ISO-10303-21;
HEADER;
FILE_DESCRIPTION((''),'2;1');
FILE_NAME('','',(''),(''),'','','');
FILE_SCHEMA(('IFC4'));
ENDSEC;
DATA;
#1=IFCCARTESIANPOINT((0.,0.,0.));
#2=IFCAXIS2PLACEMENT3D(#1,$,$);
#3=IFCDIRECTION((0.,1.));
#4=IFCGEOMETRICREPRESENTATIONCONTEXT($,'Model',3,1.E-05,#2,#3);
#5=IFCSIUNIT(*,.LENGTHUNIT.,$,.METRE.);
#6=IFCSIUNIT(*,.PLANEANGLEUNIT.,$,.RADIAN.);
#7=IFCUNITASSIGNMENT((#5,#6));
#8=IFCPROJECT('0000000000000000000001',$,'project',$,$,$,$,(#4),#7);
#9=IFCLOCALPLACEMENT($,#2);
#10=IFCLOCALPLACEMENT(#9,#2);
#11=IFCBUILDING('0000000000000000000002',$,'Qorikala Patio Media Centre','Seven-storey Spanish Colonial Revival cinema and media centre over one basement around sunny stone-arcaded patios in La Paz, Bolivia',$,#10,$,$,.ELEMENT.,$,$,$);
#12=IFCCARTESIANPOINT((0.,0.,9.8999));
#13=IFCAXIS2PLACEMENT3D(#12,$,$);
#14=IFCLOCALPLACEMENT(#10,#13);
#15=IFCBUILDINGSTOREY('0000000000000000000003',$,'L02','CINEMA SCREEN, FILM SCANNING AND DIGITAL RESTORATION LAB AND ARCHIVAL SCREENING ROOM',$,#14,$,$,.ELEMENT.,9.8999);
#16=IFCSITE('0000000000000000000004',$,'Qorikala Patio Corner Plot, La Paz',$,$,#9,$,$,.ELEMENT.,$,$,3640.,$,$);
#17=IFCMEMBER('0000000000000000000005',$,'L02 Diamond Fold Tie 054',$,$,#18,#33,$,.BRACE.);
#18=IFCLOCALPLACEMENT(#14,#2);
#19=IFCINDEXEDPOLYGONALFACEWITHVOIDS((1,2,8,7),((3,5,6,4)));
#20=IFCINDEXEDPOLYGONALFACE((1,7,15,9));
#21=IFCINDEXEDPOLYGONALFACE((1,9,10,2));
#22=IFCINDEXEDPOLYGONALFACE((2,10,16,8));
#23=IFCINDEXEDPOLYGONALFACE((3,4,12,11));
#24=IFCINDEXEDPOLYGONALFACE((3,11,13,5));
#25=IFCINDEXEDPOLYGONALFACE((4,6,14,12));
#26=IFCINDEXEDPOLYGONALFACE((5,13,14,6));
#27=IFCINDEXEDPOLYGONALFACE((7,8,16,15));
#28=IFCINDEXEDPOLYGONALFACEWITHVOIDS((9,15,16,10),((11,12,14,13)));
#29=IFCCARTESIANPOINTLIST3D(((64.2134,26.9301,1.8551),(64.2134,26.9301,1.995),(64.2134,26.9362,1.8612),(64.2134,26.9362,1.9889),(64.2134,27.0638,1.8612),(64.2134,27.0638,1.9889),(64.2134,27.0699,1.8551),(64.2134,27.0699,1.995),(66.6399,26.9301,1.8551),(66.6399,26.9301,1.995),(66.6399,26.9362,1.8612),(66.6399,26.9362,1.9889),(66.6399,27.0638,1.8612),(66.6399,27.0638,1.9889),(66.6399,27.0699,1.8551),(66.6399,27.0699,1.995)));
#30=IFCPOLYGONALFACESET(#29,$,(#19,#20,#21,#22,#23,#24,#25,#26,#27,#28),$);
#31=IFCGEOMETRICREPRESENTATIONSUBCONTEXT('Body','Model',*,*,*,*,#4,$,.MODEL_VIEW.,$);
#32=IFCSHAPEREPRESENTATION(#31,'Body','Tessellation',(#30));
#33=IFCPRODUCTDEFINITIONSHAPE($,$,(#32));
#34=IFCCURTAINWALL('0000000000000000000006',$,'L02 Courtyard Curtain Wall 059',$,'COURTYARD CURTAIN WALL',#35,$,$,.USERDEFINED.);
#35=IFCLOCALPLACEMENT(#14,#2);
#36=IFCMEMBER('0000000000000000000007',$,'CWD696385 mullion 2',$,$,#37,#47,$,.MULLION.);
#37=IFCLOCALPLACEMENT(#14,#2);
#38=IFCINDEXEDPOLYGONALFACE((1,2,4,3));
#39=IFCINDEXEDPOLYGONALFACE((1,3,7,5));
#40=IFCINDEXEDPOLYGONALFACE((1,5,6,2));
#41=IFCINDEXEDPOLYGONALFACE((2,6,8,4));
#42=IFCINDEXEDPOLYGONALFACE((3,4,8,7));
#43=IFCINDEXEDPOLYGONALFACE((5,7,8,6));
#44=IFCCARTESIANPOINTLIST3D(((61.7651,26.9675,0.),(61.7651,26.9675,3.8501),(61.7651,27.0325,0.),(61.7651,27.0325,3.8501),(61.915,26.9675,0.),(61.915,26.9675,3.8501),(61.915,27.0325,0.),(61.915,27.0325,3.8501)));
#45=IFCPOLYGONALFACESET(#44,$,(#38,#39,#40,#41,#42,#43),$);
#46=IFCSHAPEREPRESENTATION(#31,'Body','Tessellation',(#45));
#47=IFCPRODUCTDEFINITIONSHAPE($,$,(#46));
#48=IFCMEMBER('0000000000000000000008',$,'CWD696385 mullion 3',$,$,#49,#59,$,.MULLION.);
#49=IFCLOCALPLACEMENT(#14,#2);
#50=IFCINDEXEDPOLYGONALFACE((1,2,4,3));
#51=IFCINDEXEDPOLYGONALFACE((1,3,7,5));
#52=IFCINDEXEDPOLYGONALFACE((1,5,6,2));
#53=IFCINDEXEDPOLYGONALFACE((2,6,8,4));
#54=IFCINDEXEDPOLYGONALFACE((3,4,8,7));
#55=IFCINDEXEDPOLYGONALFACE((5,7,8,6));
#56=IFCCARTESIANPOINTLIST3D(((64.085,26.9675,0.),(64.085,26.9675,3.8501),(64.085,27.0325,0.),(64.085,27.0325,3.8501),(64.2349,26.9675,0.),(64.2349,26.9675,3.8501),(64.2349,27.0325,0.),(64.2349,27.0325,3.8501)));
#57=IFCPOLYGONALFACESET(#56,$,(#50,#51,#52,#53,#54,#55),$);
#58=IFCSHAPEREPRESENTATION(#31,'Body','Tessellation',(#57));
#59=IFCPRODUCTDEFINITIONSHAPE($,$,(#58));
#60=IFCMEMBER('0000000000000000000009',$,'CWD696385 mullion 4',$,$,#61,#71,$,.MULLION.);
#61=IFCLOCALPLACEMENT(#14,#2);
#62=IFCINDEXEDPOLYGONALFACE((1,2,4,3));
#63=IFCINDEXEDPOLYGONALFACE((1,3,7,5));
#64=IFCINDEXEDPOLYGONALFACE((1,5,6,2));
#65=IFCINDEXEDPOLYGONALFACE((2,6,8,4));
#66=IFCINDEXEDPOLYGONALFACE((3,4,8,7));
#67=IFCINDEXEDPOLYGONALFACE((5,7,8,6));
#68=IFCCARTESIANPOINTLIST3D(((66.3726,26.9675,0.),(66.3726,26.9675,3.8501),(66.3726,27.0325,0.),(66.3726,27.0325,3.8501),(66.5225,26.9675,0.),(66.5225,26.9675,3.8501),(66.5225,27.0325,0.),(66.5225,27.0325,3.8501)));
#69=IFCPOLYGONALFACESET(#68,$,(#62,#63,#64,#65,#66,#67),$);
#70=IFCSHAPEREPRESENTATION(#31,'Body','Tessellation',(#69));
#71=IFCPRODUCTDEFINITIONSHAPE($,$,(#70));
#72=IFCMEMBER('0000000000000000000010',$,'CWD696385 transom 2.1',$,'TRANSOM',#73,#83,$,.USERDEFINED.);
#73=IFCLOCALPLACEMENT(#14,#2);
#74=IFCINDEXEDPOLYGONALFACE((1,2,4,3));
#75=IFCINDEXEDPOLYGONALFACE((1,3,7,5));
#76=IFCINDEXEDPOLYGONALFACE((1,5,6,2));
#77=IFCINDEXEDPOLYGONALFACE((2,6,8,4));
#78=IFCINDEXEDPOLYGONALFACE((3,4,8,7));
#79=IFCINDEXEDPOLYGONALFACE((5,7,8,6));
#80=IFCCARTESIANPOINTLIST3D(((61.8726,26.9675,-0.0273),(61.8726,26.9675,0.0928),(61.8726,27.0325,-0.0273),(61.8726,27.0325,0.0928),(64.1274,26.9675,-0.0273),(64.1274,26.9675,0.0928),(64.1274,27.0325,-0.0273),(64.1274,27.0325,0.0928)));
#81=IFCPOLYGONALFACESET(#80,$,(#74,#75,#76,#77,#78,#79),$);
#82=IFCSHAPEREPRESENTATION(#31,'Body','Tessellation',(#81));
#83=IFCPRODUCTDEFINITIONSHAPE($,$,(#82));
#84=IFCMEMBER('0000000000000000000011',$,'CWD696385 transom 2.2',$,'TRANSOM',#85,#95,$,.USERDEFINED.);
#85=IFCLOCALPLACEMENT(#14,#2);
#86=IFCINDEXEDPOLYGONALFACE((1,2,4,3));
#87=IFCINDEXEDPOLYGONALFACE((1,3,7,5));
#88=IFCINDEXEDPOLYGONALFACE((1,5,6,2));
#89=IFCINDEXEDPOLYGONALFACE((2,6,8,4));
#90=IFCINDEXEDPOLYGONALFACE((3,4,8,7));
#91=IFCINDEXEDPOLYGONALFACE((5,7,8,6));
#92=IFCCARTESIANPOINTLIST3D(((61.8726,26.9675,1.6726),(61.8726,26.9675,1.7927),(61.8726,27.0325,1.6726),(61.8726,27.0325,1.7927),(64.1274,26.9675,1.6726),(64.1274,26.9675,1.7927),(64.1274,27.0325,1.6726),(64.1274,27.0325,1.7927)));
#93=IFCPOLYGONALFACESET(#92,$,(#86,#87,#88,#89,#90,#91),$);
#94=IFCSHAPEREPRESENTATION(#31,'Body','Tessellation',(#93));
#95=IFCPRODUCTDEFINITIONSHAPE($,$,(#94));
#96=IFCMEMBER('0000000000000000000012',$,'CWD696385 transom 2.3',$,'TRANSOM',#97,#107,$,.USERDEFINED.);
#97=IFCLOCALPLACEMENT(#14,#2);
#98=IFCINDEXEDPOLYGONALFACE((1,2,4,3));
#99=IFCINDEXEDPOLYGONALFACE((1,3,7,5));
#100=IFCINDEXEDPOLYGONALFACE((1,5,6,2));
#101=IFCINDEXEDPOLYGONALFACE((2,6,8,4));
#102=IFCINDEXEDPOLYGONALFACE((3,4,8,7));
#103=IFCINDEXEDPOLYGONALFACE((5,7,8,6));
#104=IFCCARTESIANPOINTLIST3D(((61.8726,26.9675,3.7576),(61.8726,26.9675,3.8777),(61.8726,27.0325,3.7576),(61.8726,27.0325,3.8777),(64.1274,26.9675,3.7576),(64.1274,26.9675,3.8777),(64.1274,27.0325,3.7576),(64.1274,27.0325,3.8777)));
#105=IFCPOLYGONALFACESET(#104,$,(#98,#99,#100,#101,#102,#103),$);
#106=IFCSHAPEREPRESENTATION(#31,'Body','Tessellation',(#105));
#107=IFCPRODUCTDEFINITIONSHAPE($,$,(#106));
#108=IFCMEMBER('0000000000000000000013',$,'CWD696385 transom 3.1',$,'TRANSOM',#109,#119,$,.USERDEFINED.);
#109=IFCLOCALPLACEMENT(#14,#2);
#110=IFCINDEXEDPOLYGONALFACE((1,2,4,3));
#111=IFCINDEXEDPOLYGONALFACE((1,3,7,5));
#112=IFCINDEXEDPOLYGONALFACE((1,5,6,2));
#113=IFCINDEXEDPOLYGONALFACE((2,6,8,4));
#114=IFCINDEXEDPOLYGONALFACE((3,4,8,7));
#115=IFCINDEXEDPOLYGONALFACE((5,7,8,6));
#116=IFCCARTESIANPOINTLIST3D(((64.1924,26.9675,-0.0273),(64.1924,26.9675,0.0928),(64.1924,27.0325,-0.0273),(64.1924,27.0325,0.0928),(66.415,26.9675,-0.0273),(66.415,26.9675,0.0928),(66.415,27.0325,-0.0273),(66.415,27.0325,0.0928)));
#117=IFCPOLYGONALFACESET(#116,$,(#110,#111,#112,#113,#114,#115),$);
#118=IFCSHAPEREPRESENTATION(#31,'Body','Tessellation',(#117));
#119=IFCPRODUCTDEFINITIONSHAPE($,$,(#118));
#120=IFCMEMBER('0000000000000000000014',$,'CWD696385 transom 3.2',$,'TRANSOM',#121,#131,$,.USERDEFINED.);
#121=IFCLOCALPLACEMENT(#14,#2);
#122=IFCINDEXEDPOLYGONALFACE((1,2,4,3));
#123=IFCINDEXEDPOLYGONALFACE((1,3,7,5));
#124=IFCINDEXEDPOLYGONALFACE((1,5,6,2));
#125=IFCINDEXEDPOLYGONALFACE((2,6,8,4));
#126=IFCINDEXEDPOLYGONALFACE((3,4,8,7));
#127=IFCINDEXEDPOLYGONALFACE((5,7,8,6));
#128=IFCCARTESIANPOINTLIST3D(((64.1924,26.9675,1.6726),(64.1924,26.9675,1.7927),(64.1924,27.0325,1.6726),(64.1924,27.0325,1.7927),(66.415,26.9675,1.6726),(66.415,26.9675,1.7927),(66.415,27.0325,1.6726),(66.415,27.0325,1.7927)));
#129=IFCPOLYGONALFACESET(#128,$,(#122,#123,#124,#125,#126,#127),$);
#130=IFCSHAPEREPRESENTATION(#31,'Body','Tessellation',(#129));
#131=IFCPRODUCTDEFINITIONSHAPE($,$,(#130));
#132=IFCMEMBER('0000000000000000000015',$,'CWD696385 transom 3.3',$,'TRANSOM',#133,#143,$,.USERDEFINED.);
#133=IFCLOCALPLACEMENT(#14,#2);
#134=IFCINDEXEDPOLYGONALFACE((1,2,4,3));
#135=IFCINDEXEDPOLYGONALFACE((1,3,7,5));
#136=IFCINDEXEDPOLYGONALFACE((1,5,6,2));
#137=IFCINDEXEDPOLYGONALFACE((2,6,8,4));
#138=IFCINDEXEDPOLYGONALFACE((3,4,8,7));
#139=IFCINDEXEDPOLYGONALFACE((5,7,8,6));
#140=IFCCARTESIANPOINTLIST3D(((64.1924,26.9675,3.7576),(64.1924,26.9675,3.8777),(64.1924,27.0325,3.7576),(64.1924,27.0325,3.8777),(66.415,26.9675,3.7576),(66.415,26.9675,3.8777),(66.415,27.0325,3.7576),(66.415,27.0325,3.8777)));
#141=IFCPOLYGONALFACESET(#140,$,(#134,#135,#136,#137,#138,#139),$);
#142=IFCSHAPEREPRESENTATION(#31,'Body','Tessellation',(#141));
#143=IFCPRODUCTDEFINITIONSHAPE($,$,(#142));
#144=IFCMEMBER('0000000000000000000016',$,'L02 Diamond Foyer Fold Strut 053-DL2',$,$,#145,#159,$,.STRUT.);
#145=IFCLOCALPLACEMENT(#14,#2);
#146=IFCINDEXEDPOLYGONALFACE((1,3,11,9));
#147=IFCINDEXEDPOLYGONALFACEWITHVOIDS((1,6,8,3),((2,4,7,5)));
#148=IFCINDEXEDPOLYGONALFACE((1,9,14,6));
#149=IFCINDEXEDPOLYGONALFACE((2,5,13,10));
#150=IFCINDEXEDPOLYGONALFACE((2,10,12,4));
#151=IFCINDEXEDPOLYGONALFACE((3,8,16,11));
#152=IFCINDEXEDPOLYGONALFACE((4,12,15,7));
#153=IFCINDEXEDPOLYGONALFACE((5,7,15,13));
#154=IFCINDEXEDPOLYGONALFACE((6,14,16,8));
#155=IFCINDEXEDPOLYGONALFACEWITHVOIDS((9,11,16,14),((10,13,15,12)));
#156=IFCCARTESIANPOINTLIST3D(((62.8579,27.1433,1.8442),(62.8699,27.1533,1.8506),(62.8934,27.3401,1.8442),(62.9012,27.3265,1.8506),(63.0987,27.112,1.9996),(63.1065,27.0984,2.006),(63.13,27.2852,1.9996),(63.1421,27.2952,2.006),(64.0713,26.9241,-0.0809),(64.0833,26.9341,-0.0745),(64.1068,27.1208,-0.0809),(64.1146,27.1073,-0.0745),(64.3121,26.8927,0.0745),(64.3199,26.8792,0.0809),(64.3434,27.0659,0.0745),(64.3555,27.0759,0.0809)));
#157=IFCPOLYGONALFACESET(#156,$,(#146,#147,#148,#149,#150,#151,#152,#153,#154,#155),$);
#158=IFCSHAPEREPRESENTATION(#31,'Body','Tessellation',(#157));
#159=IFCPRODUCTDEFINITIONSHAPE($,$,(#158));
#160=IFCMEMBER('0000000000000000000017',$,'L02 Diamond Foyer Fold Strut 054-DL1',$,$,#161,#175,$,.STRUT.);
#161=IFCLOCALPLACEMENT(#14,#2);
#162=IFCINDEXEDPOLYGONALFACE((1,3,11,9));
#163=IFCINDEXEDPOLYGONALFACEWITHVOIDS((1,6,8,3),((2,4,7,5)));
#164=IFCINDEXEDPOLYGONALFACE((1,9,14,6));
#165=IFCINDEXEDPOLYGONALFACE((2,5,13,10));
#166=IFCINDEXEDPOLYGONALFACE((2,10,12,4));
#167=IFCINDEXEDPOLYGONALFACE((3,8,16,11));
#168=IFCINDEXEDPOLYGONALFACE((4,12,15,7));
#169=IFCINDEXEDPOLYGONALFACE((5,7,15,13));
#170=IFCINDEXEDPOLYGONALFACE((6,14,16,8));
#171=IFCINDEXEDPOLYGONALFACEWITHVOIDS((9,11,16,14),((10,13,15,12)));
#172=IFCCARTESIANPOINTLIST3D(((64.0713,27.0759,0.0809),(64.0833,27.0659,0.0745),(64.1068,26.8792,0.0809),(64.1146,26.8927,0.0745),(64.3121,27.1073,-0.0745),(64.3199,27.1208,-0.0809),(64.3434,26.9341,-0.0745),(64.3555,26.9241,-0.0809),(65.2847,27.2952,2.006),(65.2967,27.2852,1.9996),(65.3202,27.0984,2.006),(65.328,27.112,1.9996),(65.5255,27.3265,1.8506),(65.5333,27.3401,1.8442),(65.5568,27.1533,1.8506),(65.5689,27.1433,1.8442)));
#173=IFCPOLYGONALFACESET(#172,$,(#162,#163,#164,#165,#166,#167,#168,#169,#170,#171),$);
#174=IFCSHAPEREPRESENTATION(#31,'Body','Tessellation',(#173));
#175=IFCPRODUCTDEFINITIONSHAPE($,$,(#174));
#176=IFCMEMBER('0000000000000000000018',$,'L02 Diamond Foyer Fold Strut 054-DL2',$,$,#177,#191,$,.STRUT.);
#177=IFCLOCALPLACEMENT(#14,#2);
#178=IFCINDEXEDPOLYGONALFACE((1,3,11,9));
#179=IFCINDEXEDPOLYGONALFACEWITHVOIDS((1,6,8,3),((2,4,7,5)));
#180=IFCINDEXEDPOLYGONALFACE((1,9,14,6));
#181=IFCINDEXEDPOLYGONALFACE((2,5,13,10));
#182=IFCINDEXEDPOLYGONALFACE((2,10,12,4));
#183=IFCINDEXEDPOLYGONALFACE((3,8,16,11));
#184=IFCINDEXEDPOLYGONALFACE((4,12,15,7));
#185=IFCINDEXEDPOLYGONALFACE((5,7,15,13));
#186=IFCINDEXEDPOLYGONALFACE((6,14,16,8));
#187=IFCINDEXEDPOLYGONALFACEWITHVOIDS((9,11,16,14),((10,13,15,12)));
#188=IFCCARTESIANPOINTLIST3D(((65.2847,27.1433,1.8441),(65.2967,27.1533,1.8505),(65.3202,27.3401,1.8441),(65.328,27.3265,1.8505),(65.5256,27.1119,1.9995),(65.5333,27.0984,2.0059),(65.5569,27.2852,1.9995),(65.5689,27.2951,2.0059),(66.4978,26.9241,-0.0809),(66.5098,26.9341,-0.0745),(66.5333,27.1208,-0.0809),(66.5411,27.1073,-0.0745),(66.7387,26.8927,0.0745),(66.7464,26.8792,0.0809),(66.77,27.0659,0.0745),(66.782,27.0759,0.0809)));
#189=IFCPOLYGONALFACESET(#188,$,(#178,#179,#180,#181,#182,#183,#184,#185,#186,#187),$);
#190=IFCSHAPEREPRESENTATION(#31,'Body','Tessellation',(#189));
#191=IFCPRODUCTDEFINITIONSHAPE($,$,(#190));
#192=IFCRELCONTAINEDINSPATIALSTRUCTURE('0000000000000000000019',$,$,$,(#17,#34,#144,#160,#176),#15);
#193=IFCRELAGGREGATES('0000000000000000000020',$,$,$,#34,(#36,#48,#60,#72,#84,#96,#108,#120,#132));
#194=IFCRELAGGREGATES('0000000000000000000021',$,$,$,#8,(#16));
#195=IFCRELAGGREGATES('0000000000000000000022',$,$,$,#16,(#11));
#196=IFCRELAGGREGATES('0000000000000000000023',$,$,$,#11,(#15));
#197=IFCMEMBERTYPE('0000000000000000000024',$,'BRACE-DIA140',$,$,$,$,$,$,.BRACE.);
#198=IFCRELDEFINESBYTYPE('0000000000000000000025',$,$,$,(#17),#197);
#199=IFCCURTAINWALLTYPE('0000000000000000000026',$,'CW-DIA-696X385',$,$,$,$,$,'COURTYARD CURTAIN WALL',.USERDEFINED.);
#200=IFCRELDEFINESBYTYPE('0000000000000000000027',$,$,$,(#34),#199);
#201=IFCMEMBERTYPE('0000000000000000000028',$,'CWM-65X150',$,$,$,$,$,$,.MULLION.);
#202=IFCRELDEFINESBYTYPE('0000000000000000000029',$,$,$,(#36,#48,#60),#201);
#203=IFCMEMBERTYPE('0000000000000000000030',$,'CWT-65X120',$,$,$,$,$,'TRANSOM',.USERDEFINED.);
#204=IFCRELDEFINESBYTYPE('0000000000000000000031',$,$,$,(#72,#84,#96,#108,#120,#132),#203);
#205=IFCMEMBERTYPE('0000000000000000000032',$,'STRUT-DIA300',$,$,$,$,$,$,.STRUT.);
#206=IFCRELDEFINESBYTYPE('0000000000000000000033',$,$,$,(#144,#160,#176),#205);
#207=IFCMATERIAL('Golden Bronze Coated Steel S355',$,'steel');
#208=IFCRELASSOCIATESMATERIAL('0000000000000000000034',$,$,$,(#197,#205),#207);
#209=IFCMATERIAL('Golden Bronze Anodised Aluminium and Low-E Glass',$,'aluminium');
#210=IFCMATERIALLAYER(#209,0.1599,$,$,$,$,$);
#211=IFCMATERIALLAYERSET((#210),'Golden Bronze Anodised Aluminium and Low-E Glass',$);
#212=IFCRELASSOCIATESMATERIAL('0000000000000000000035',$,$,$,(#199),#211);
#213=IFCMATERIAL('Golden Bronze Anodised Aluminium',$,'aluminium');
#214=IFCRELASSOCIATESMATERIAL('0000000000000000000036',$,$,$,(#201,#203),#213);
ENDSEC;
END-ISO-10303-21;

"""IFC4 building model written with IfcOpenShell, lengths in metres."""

from ifc_helpers import new_model, si_unit, direction, frame, origin, origin_2d, place, context, subcontext, project, spatial, rectangle, hollow_rectangle, extrude, material, layer, layer_set, material_profile, profile_set, type_object, element, aggregate, save


model = new_model("IFC4")

# Units and contexts
model_context = context("Model", 3, precision=1e-05, world=origin(), true_north=direction((0.0, 1.0)))
body_context = subcontext(model_context, "Body", "Model", "MODEL_VIEW")
ifc_project = project(units=[si_unit("LENGTHUNIT", "METRE"), si_unit("PLANEANGLEUNIT", "RADIAN")], contexts=[model_context])

# Site, building, storey
site_placement = place(None, origin())
site = spatial("IfcSite", under=ifc_project, at=site_placement, Name="Qorikala Patio Corner Plot, La Paz", CompositionType="ELEMENT", RefElevation=3640.0)
building_placement = place(site_placement, origin())
building = spatial("IfcBuilding", under=site, at=building_placement, Name="Qorikala Patio Media Centre", Description="Seven-storey Spanish Colonial Revival cinema and media centre over one basement around sunny stone-arcaded patios in La Paz, Bolivia", CompositionType="ELEMENT")
storey_placement = place(building_placement, frame((0.0, 0.0, 9.8999)))
storey = spatial("IfcBuildingStorey", under=building, at=storey_placement, Name="L02", Description="CINEMA SCREEN, FILM SCANNING AND DIGITAL RESTORATION LAB AND ARCHIVAL SCREENING ROOM", CompositionType="ELEMENT", Elevation=9.8999)

# Member
ifc_material_1 = material(Name="Golden Bronze Coated Steel S355", Category="steel")
ifc_material_profile_1 = material_profile(ifc_material_1, hollow_rectangle(XDim=0.1399, YDim=0.1399, WallThickness=0.0061, at=origin_2d()), Name="HSS140X140X6")
ifc_profile_set_1 = profile_set([ifc_material_profile_1], Name="Golden Bronze Coated Steel S355")
member_type_1 = type_object("IfcMemberType", Name="BRACE-DIA140", PredefinedType="BRACE", material=ifc_profile_set_1)
member_1_placement = place(storey_placement, frame((64.2134, 27.0, 1.925), z_axis=(1.0, 0.0, 0.0), x_axis=(0.0, 1.0, 0.0)))
element("IfcMember", 1, at=member_1_placement, inside=storey, type_object=member_type_1, Name="L02 Diamond Fold Tie 054", PredefinedType="BRACE", context=body_context, shape_type="SweptSolid", body=[
    extrude(hollow_rectangle(XDim=0.1399, YDim=0.1399, WallThickness=0.0061, at=origin_2d()), origin(), (0.0, 0.0, 1.0), 2.4265),
])

# Curtain wall, members
ifc_material_2 = material(Name="Golden Bronze Anodised Aluminium and Low-E Glass", Category="aluminium")
ifc_layer_1 = layer(ifc_material_2, 0.1599)
ifc_layer_set_1 = layer_set([ifc_layer_1], Name="Golden Bronze Anodised Aluminium and Low-E Glass")
curtain_wall_type = type_object("IfcCurtainWallType", Name="CW-DIA-696X385", ElementType="COURTYARD CURTAIN WALL", PredefinedType="USERDEFINED", material=ifc_layer_set_1)
curtain_wall_placement = place(storey_placement, origin())
curtain_wall = element("IfcCurtainWall", 2, at=curtain_wall_placement, inside=storey, type_object=curtain_wall_type, Name="L02 Courtyard Curtain Wall 059", ObjectType="COURTYARD CURTAIN WALL", PredefinedType="USERDEFINED")
ifc_material_3 = material(Name="Golden Bronze Anodised Aluminium", Category="aluminium")
ifc_material_profile_2 = material_profile(ifc_material_3, rectangle(XDim=0.0649, YDim=0.1499, at=origin_2d()), Name="ALU MULLION 65x150")
ifc_profile_set_2 = profile_set([ifc_material_profile_2], Name="Golden Bronze Anodised Aluminium")
member_type_2 = type_object("IfcMemberType", Name="CWM-65X150", PredefinedType="MULLION", material=ifc_profile_set_2)
member_2_placement = place(storey_placement, frame((61.8401, 27.0, 0.0), z_axis=(0.0, 0.0, 1.0), x_axis=(0.0, 1.0, 0.0)))
member_2 = element("IfcMember", 3, at=member_2_placement, type_object=member_type_2, Name="CWD696385 mullion 2", PredefinedType="MULLION", context=body_context, shape_type="SweptSolid", body=[
    extrude(rectangle(XDim=0.0649, YDim=0.1499, at=origin_2d()), origin(), (0.0, 0.0, 1.0), 3.8501),
])
member_3_placement = place(storey_placement, frame((64.1599, 27.0, 0.0), z_axis=(0.0, 0.0, 1.0), x_axis=(0.0, 1.0, 0.0)))
member_3 = element("IfcMember", 4, at=member_3_placement, type_object=member_type_2, Name="CWD696385 mullion 3", PredefinedType="MULLION", context=body_context, shape_type="SweptSolid", body=[
    extrude(rectangle(XDim=0.0649, YDim=0.1499, at=origin_2d()), origin(), (0.0, 0.0, 1.0), 3.8501),
])
member_4_placement = place(storey_placement, frame((66.4475, 27.0, 0.0), z_axis=(0.0, 0.0, 1.0), x_axis=(0.0, 1.0, 0.0)))
member_4 = element("IfcMember", 5, at=member_4_placement, type_object=member_type_2, Name="CWD696385 mullion 4", PredefinedType="MULLION", context=body_context, shape_type="SweptSolid", body=[
    extrude(rectangle(XDim=0.0649, YDim=0.1499, at=origin_2d()), origin(), (0.0, 0.0, 1.0), 3.8501),
])
ifc_material_profile_3 = material_profile(ifc_material_3, rectangle(XDim=0.0649, YDim=0.1201, at=origin_2d()), Name="ALU TRANSOM 65x120")
ifc_profile_set_3 = profile_set([ifc_material_profile_3], Name="Golden Bronze Anodised Aluminium")
member_type_3 = type_object("IfcMemberType", Name="CWT-65X120", ElementType="TRANSOM", PredefinedType="USERDEFINED", material=ifc_profile_set_3)
member_5_placement = place(storey_placement, frame((61.8726, 27.0, 0.0327), z_axis=(1.0, 0.0, 0.0), x_axis=(0.0, 1.0, 0.0)))
member_5 = element("IfcMember", 6, at=member_5_placement, type_object=member_type_3, Name="CWD696385 transom 2.1", ObjectType="TRANSOM", PredefinedType="USERDEFINED", context=body_context, shape_type="SweptSolid", body=[
    extrude(rectangle(XDim=0.0649, YDim=0.1201, at=origin_2d()), origin(), (0.0, 0.0, 1.0), 2.2549),
])
member_6_placement = place(storey_placement, frame((61.8726, 27.0, 1.7327), z_axis=(1.0, 0.0, 0.0), x_axis=(0.0, 1.0, 0.0)))
member_6 = element("IfcMember", 7, at=member_6_placement, type_object=member_type_3, Name="CWD696385 transom 2.2", ObjectType="TRANSOM", PredefinedType="USERDEFINED", context=body_context, shape_type="SweptSolid", body=[
    extrude(rectangle(XDim=0.0649, YDim=0.1201, at=origin_2d()), origin(), (0.0, 0.0, 1.0), 2.2549),
])
member_7_placement = place(storey_placement, frame((61.8726, 27.0, 3.8176), z_axis=(1.0, 0.0, 0.0), x_axis=(0.0, 1.0, 0.0)))
member_7 = element("IfcMember", 8, at=member_7_placement, type_object=member_type_3, Name="CWD696385 transom 2.3", ObjectType="TRANSOM", PredefinedType="USERDEFINED", context=body_context, shape_type="SweptSolid", body=[
    extrude(rectangle(XDim=0.0649, YDim=0.1201, at=origin_2d()), origin(), (0.0, 0.0, 1.0), 2.2549),
])
member_8_placement = place(storey_placement, frame((64.1924, 27.0, 0.0327), z_axis=(1.0, 0.0, 0.0), x_axis=(0.0, 1.0, 0.0)))
member_8 = element("IfcMember", 9, at=member_8_placement, type_object=member_type_3, Name="CWD696385 transom 3.1", ObjectType="TRANSOM", PredefinedType="USERDEFINED", context=body_context, shape_type="SweptSolid", body=[
    extrude(rectangle(XDim=0.0649, YDim=0.1201, at=origin_2d()), origin(), (0.0, 0.0, 1.0), 2.2227),
])
member_9_placement = place(storey_placement, frame((64.1924, 27.0, 1.7327), z_axis=(1.0, 0.0, 0.0), x_axis=(0.0, 1.0, 0.0)))
member_9 = element("IfcMember", 10, at=member_9_placement, type_object=member_type_3, Name="CWD696385 transom 3.2", ObjectType="TRANSOM", PredefinedType="USERDEFINED", context=body_context, shape_type="SweptSolid", body=[
    extrude(rectangle(XDim=0.0649, YDim=0.1201, at=origin_2d()), origin(), (0.0, 0.0, 1.0), 2.2227),
])
member_10_placement = place(storey_placement, frame((64.1924, 27.0, 3.8176), z_axis=(1.0, 0.0, 0.0), x_axis=(0.0, 1.0, 0.0)))
member_10 = element("IfcMember", 11, at=member_10_placement, type_object=member_type_3, Name="CWD696385 transom 3.3", ObjectType="TRANSOM", PredefinedType="USERDEFINED", context=body_context, shape_type="SweptSolid", body=[
    extrude(rectangle(XDim=0.0649, YDim=0.1201, at=origin_2d()), origin(), (0.0, 0.0, 1.0), 2.2227),
])

# Members
ifc_material_profile_4 = material_profile(ifc_material_1, hollow_rectangle(XDim=0.2, YDim=0.3, WallThickness=0.012, at=origin_2d()), Name="HSS300X200X12")
ifc_profile_set_4 = profile_set([ifc_material_profile_4], Name="Golden Bronze Coated Steel S355")
member_type_4 = type_object("IfcMemberType", Name="STRUT-DIA300", PredefinedType="STRUT", material=ifc_profile_set_4)
for number, where, z_axis, x_axis, name in (
    (12, (64.2134, 27.0, 0.0), (-0.530768, 0.095901, 0.842074), (-0.177805, -0.984066, 0.0), "L02 Diamond Foyer Fold Strut 053-DL2"),
    (13, (64.2134, 27.0, 0.0), (0.530768, 0.095901, 0.842074), (-0.177805, 0.984066, 0.0), "L02 Diamond Foyer Fold Strut 054-DL1"),
):
    element("IfcMember", number, at=place(storey_placement, frame(where, z_axis=z_axis, x_axis=x_axis)), inside=storey, type_object=member_type_4, Name=name, PredefinedType="STRUT", context=body_context, shape_type="SweptSolid", body=[
        extrude(hollow_rectangle(XDim=0.2, YDim=0.3, WallThickness=0.012, at=origin_2d()), origin(), (0.0, 0.0, 1.0), 2.2861),
    ])
member_11_placement = place(storey_placement, frame((66.6399, 27.0, 0.0), z_axis=(-0.530691, 0.095907, 0.842121), x_axis=(-0.17784, -0.984059, 0.0)))
element("IfcMember", 14, at=member_11_placement, inside=storey, type_object=member_type_4, Name="L02 Diamond Foyer Fold Strut 054-DL2", PredefinedType="STRUT", context=body_context, shape_type="SweptSolid", body=[
    extrude(hollow_rectangle(XDim=0.2, YDim=0.3, WallThickness=0.012, at=origin_2d()), origin(), (0.0, 0.0, 1.0), 2.2859),
])

aggregate(curtain_wall, [member_2, member_3, member_4, member_5, member_6, member_7, member_8, member_9, member_10])

save(model, "model.ifc")
